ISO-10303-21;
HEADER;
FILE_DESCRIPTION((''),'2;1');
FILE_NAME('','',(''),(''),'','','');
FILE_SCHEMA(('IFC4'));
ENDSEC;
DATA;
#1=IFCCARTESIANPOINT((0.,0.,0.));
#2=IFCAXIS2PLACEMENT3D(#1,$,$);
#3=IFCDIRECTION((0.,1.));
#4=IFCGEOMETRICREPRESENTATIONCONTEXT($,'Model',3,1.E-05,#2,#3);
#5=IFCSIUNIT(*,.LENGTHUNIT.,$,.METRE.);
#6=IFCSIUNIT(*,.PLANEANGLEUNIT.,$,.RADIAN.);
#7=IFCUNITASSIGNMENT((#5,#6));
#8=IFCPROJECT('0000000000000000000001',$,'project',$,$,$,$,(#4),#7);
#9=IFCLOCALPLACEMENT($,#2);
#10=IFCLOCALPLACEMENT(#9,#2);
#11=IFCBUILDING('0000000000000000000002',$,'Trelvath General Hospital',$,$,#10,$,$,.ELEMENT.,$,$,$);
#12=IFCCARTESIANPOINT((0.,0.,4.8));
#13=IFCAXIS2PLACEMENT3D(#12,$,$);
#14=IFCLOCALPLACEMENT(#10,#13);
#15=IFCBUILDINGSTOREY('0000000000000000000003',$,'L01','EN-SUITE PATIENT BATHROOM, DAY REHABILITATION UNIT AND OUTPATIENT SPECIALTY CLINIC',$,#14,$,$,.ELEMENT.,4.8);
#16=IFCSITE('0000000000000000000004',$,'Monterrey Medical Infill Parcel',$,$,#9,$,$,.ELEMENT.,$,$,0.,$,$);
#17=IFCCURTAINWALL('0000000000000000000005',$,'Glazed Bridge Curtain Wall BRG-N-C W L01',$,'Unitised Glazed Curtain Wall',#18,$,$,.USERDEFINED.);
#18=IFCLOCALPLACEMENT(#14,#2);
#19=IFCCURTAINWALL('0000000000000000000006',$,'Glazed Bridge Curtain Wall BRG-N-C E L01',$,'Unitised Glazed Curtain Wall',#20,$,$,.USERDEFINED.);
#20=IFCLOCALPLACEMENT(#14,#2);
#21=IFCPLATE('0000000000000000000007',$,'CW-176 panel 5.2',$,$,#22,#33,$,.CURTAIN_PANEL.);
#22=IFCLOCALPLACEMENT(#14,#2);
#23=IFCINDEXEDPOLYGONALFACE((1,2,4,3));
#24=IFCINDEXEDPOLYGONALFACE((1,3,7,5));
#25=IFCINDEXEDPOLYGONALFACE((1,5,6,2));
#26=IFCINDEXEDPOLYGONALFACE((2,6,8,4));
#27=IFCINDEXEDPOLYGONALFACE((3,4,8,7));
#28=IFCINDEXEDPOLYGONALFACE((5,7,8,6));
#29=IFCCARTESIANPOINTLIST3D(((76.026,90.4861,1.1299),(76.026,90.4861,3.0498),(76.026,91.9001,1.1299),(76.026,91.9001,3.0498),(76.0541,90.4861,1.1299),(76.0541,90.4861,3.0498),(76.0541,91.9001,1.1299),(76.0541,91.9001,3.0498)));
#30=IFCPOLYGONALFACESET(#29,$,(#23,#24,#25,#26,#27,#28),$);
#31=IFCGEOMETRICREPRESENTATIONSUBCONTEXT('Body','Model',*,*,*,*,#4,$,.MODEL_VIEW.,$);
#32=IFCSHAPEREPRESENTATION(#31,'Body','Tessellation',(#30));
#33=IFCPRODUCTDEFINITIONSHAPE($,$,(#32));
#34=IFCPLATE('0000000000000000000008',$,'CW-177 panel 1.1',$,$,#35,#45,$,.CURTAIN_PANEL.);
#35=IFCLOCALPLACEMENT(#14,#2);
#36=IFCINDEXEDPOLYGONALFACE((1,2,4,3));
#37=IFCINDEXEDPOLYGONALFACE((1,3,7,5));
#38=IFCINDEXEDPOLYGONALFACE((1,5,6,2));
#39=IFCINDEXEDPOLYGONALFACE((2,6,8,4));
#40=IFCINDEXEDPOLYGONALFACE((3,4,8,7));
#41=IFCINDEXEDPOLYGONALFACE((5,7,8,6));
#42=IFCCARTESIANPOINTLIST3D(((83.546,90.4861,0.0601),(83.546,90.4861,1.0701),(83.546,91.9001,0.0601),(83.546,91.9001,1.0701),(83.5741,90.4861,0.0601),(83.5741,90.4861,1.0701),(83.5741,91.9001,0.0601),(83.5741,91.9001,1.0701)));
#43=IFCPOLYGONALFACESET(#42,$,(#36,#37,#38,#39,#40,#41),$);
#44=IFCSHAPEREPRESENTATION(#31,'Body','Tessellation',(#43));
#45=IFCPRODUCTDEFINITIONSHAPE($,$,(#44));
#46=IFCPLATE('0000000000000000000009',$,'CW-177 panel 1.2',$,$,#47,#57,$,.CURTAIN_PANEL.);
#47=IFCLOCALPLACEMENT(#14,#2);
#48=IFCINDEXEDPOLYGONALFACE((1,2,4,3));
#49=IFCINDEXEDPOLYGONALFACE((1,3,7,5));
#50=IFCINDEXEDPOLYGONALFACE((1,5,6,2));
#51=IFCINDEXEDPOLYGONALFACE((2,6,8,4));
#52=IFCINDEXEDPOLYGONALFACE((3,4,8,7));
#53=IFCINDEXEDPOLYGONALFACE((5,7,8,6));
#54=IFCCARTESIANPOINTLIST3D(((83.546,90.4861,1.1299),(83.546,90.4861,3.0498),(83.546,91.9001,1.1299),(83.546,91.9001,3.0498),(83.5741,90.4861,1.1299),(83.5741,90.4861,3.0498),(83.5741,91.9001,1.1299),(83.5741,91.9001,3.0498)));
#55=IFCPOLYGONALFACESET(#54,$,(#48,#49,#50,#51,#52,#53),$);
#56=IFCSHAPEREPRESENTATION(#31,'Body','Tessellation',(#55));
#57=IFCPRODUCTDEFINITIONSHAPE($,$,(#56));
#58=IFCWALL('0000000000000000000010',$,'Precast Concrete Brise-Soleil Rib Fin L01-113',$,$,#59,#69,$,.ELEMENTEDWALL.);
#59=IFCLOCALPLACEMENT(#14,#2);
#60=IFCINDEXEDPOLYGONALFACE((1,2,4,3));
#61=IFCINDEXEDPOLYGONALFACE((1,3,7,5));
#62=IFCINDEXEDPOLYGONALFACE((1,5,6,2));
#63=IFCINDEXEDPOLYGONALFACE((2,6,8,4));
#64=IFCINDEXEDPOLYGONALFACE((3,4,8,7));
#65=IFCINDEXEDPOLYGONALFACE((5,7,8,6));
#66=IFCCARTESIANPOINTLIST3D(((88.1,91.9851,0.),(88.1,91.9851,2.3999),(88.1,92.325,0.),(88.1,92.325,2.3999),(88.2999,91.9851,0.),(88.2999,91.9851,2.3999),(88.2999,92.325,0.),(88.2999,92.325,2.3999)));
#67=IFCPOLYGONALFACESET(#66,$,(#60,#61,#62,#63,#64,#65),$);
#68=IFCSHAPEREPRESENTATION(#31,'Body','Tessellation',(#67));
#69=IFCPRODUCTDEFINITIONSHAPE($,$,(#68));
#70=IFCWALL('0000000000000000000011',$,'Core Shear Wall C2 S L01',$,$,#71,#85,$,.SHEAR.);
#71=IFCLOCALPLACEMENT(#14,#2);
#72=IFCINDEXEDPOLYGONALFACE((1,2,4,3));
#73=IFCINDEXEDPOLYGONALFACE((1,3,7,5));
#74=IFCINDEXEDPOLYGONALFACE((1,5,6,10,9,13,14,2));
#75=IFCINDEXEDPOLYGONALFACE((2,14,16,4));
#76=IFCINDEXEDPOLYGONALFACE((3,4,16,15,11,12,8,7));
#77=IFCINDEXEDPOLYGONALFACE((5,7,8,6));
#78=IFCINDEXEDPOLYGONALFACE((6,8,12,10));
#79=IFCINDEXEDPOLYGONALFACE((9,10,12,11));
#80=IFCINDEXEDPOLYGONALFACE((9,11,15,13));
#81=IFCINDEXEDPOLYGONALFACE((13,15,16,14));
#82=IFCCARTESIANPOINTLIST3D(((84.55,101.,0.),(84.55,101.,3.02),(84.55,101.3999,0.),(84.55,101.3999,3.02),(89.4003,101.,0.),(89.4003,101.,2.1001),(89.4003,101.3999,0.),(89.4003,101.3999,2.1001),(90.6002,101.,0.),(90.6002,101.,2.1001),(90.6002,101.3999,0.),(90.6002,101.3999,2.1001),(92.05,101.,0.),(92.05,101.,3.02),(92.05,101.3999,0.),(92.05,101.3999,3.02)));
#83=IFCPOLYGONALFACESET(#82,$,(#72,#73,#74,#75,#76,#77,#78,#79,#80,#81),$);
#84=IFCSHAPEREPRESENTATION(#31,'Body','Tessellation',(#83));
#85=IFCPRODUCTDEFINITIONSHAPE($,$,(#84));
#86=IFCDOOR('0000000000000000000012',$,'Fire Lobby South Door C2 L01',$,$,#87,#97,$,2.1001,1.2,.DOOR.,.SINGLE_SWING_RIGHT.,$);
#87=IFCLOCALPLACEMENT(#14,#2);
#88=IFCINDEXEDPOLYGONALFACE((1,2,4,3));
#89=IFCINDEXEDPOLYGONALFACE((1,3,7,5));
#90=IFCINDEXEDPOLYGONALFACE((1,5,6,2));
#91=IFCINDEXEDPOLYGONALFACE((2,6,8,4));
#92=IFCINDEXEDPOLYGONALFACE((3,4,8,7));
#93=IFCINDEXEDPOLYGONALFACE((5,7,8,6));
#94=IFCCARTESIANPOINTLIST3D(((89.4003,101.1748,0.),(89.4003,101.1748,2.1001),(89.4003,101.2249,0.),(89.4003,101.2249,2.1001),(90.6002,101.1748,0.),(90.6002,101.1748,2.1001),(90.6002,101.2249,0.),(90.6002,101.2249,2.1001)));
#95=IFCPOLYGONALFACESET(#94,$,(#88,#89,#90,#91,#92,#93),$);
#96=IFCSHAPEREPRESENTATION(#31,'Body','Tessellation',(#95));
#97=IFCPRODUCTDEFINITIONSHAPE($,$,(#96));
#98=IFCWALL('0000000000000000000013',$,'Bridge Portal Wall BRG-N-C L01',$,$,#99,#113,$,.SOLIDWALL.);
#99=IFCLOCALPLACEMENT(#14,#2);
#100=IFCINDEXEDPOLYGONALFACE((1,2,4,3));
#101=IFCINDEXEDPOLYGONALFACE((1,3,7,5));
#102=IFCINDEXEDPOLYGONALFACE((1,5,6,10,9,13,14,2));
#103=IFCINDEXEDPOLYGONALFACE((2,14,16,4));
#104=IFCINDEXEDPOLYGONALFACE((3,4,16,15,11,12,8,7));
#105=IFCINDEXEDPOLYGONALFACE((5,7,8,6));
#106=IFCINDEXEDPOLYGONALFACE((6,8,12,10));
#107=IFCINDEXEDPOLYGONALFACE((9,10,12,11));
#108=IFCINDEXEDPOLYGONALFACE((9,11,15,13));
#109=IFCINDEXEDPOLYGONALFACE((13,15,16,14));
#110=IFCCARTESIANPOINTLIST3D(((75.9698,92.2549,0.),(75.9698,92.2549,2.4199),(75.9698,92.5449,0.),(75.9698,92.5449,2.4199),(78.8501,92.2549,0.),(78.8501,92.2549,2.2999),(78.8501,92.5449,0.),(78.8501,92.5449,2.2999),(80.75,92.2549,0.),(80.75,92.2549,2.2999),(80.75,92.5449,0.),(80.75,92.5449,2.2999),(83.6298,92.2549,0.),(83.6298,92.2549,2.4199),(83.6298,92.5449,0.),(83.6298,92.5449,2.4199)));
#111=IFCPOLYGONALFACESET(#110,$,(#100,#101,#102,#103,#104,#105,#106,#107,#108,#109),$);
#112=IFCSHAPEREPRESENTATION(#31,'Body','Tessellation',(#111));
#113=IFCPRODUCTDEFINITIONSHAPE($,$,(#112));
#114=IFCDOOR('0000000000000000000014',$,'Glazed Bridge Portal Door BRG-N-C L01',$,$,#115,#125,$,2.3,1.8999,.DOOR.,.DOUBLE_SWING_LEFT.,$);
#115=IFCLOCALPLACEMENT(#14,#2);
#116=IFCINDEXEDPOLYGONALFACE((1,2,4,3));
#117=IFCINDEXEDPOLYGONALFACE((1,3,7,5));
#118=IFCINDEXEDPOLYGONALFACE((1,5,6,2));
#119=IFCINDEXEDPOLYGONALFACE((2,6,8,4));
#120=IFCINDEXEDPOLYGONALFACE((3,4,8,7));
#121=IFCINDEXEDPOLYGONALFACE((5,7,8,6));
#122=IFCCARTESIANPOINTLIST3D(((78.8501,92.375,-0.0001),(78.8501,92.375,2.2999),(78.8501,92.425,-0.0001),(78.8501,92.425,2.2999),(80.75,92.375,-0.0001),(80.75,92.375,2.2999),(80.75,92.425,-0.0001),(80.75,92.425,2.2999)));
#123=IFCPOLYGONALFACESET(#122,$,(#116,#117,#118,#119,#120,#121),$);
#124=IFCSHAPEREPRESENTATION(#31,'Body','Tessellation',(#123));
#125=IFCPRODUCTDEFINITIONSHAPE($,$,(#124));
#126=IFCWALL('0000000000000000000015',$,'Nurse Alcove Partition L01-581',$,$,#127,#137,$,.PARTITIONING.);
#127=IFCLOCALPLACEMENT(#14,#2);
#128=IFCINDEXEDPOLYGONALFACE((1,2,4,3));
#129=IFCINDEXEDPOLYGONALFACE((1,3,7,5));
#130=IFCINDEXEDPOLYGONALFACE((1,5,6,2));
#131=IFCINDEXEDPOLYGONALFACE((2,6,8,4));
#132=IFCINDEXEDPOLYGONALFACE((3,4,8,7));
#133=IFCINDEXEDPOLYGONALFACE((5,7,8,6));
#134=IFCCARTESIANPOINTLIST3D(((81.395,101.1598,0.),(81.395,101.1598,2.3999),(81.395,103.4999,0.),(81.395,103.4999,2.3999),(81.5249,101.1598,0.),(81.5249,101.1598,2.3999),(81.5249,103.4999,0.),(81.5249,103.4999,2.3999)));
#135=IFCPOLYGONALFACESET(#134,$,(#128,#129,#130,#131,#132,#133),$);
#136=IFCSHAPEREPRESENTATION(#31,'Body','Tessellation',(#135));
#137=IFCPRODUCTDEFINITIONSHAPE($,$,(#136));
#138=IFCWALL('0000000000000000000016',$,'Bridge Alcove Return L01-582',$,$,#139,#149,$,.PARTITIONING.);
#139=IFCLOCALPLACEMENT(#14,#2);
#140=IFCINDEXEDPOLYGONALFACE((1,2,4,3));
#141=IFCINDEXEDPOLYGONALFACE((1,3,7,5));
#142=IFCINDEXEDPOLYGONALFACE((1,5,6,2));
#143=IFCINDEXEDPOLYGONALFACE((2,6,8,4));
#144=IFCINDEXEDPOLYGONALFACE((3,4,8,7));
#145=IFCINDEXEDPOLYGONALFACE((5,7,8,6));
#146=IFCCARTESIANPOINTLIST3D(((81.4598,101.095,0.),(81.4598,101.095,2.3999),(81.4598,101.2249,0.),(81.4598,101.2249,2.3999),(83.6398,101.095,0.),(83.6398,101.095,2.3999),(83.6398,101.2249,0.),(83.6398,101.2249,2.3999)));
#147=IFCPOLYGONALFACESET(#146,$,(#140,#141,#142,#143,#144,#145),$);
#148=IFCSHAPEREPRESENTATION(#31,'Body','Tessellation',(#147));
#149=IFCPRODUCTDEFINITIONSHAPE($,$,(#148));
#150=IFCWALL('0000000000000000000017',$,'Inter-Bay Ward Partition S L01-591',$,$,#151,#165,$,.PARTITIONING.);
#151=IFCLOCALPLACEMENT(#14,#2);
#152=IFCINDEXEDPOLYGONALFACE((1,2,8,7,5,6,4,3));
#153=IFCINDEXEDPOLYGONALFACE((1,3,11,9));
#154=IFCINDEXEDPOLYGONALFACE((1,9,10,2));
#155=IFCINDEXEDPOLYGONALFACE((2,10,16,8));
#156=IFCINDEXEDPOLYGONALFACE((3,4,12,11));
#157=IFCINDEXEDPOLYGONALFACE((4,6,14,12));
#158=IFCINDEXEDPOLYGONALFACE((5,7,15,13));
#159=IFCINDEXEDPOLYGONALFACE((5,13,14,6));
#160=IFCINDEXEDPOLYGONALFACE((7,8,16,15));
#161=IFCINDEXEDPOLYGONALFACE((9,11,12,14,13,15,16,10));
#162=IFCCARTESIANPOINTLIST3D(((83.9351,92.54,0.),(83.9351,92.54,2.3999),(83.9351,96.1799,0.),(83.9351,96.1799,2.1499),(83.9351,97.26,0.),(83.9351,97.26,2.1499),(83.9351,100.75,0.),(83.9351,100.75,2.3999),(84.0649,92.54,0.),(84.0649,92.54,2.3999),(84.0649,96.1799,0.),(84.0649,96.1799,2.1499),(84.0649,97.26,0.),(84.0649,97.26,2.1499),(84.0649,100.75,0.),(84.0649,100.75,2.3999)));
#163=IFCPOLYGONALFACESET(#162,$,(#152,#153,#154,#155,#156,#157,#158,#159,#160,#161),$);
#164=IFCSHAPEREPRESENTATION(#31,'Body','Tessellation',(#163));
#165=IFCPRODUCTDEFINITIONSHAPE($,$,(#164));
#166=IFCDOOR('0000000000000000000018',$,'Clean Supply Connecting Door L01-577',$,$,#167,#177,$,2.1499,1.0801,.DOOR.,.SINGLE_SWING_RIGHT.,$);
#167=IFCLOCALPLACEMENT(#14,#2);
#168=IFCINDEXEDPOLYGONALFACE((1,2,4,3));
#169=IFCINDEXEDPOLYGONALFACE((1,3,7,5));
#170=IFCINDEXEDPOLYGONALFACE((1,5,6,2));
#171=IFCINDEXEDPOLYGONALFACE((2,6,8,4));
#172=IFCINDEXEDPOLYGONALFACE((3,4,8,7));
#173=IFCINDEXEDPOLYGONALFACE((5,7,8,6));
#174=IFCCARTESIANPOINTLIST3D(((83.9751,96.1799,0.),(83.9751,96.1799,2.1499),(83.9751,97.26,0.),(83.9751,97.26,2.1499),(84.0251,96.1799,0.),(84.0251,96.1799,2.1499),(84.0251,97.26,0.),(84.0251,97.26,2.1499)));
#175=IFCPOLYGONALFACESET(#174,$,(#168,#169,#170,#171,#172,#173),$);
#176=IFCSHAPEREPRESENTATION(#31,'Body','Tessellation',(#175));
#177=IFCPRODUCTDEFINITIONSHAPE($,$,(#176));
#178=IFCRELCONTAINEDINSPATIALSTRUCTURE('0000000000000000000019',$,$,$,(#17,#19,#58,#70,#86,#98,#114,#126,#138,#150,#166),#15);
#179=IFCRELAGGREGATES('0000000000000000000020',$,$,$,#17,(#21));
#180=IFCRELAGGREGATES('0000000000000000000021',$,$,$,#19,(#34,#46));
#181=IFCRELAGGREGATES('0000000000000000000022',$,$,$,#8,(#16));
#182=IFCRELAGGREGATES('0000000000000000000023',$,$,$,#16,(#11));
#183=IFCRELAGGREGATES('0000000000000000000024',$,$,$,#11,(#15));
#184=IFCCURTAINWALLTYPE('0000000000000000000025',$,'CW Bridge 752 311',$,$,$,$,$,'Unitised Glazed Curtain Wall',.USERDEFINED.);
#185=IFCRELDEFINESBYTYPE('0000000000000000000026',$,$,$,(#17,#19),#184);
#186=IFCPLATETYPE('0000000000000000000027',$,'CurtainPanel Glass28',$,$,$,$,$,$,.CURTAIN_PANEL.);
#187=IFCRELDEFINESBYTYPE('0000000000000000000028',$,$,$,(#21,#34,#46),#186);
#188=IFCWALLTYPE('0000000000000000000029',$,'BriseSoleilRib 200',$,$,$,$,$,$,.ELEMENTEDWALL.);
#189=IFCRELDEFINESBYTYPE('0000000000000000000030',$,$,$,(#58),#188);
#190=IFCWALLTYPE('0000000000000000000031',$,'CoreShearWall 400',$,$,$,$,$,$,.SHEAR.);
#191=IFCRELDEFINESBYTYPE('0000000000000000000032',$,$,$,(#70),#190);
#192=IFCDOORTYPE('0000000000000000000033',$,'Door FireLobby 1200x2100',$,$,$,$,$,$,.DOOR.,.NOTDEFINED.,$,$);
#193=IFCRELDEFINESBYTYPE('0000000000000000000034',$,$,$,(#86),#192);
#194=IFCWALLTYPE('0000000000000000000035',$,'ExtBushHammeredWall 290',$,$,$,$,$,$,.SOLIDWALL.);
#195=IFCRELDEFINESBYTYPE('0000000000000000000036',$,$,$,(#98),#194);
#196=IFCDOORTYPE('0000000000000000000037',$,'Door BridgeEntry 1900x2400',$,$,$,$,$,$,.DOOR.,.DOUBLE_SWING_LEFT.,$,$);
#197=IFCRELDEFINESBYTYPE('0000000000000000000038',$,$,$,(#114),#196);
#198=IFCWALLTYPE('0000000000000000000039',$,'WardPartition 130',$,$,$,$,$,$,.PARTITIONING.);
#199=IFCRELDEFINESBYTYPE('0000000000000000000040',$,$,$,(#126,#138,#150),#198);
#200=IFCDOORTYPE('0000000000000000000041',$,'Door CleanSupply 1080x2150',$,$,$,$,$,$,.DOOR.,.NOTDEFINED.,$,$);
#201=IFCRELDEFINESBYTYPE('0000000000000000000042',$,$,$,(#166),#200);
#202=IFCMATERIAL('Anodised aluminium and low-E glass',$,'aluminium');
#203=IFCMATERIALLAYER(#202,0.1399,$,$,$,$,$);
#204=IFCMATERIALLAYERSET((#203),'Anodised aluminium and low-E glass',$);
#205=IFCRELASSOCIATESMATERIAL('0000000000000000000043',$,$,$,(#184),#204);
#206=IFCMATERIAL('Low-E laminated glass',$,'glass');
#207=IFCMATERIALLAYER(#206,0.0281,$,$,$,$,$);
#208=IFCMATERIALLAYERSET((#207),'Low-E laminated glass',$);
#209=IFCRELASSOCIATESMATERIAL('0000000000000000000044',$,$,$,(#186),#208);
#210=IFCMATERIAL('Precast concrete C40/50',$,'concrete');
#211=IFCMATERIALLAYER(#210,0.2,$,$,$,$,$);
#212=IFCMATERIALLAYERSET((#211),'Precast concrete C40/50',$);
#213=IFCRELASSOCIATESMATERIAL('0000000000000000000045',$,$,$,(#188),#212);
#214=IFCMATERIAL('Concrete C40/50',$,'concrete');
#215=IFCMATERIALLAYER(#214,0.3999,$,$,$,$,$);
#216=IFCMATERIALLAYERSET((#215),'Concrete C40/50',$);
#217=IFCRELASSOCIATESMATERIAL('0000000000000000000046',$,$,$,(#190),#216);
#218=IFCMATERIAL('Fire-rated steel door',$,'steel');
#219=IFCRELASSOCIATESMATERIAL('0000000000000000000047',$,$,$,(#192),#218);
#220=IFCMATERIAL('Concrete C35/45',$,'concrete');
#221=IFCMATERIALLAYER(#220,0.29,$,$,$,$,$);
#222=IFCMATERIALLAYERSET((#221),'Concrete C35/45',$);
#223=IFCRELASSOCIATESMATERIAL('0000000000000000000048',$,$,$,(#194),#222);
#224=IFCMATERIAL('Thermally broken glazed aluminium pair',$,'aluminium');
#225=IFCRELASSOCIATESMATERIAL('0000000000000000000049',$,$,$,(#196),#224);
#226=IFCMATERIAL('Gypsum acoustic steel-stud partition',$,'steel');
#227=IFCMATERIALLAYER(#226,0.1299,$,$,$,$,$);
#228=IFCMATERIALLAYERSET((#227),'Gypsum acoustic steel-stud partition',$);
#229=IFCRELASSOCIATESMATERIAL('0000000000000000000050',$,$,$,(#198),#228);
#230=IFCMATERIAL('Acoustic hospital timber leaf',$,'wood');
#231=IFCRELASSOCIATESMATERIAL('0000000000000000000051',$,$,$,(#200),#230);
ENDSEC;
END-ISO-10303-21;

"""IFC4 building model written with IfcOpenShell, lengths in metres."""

from ifc_helpers import new_model, si_unit, direction, frame, frame_2d, origin, origin_2d, place, context, subcontext, project, spatial, rectangle, extrude, material, layer, layer_set, type_object, element, fill, aggregate, save


model = new_model("IFC4")

# Units and contexts
model_context = context("Model", 3, precision=1e-05, world=origin(), true_north=direction((0.0, 1.0)))
body_context = subcontext(model_context, "Body", "Model", "MODEL_VIEW")
ifc_project = project(units=[si_unit("LENGTHUNIT", "METRE"), si_unit("PLANEANGLEUNIT", "RADIAN")], contexts=[model_context])

# Site, building, storey
site_placement = place(None, origin())
site = spatial("IfcSite", under=ifc_project, at=site_placement, Name="Monterrey Medical Infill Parcel", CompositionType="ELEMENT", RefElevation=0.0)
building_placement = place(site_placement, origin())
building = spatial("IfcBuilding", under=site, at=building_placement, Name="Trelvath General Hospital", CompositionType="ELEMENT")
storey_placement = place(building_placement, frame((0.0, 0.0, 4.8)))
storey = spatial("IfcBuildingStorey", under=building, at=storey_placement, Name="L01", Description="EN-SUITE PATIENT BATHROOM, DAY REHABILITATION UNIT AND OUTPATIENT SPECIALTY CLINIC", CompositionType="ELEMENT", Elevation=4.8)

# Curtain walls
ifc_material_1 = material(Name="Anodised aluminium and low-E glass", Category="aluminium")
ifc_layer_1 = layer(ifc_material_1, 0.1399)
ifc_layer_set_1 = layer_set([ifc_layer_1], Name="Anodised aluminium and low-E glass")
curtain_wall_type = type_object("IfcCurtainWallType", Name="CW Bridge 752 311", ElementType="Unitised Glazed Curtain Wall", PredefinedType="USERDEFINED", material=ifc_layer_set_1)
curtain_wall_1_placement = place(storey_placement, origin())
curtain_wall_1 = element("IfcCurtainWall", 1, at=curtain_wall_1_placement, inside=storey, type_object=curtain_wall_type, Name="Glazed Bridge Curtain Wall BRG-N-C W L01", ObjectType="Unitised Glazed Curtain Wall", PredefinedType="USERDEFINED")
curtain_wall_2_placement = place(storey_placement, origin())
curtain_wall_2 = element("IfcCurtainWall", 2, at=curtain_wall_2_placement, inside=storey, type_object=curtain_wall_type, Name="Glazed Bridge Curtain Wall BRG-N-C E L01", ObjectType="Unitised Glazed Curtain Wall", PredefinedType="USERDEFINED")

# Plates
ifc_material_2 = material(Name="Low-E laminated glass", Category="glass")
ifc_layer_2 = layer(ifc_material_2, 0.0281)
ifc_layer_set_2 = layer_set([ifc_layer_2], Name="Low-E laminated glass")
plate_type_1 = type_object("IfcPlateType", Name="CurtainPanel Glass28", PredefinedType="CURTAIN_PANEL", material=ifc_layer_set_2)
plate_1_placement = place(storey_placement, frame((76.04, 91.1931, 1.1299), z_axis=(0.0, 0.0, 1.0), x_axis=(0.0, 1.0, 0.0)))
plate_1 = element("IfcPlate", 3, at=plate_1_placement, type_object=plate_type_1, Name="CW-176 panel 5.2", PredefinedType="CURTAIN_PANEL", context=body_context, shape_type="SweptSolid", body=[
    extrude(rectangle(XDim=1.4141, YDim=0.0281, at=origin_2d()), origin(), (0.0, 0.0, 1.0), 1.9199),
])
aggregate(curtain_wall_1, [plate_1])
plate_2_placement = place(storey_placement, frame((83.5601, 91.1931, 0.0601), z_axis=(0.0, 0.0, 1.0), x_axis=(0.0, -1.0, 0.0)))
plate_2 = element("IfcPlate", 4, at=plate_2_placement, type_object=plate_type_1, Name="CW-177 panel 1.1", PredefinedType="CURTAIN_PANEL", context=body_context, shape_type="SweptSolid", body=[
    extrude(rectangle(XDim=1.4141, YDim=0.0281, at=origin_2d()), origin(), (0.0, 0.0, 1.0), 1.01),
])
plate_3_placement = place(storey_placement, frame((83.5601, 91.1931, 1.1299), z_axis=(0.0, 0.0, 1.0), x_axis=(0.0, -1.0, 0.0)))
plate_3 = element("IfcPlate", 5, at=plate_3_placement, type_object=plate_type_1, Name="CW-177 panel 1.2", PredefinedType="CURTAIN_PANEL", context=body_context, shape_type="SweptSolid", body=[
    extrude(rectangle(XDim=1.4141, YDim=0.0281, at=origin_2d()), origin(), (0.0, 0.0, 1.0), 1.9199),
])
aggregate(curtain_wall_2, [plate_2, plate_3])

# Wall
ifc_material_3 = material(Name="Precast concrete C40/50", Category="concrete")
ifc_layer_3 = layer(ifc_material_3, 0.2)
ifc_layer_set_3 = layer_set([ifc_layer_3], Name="Precast concrete C40/50")
wall_type_1 = type_object("IfcWallType", Name="BriseSoleilRib 200", PredefinedType="ELEMENTEDWALL", material=ifc_layer_set_3)
wall_1_placement = place(storey_placement, frame((88.2, 92.325, 0.0), z_axis=(0.0, 0.0, 1.0), x_axis=(0.0, -1.0, 0.0)))
element("IfcWall", 6, at=wall_1_placement, inside=storey, type_object=wall_type_1, Name="Precast Concrete Brise-Soleil Rib Fin L01-113", PredefinedType="ELEMENTEDWALL", context=body_context, shape_type="SweptSolid", body=[
    extrude(rectangle(XDim=0.3398, YDim=0.2, at=frame_2d((0.1699, 0.0))), origin(), (0.0, 0.0, 1.0), 2.3999),
])

# Walls, openings, doors
ifc_material_4 = material(Name="Concrete C40/50", Category="concrete")
ifc_layer_4 = layer(ifc_material_4, 0.3999)
ifc_layer_set_4 = layer_set([ifc_layer_4], Name="Concrete C40/50")
wall_type_2 = type_object("IfcWallType", Name="CoreShearWall 400", PredefinedType="SHEAR", material=ifc_layer_set_4)
wall_2_placement = place(storey_placement, frame((84.55, 101.2, 0.0), z_axis=(0.0, 0.0, 1.0), x_axis=(1.0, 0.0, 0.0)))
wall_2 = element("IfcWall", 7, at=wall_2_placement, inside=storey, type_object=wall_type_2, Name="Core Shear Wall C2 S L01", PredefinedType="SHEAR", context=body_context, shape_type="SweptSolid", body=[
    extrude(rectangle(XDim=7.5, YDim=0.3999, at=frame_2d((3.75, 0.0))), origin(), (0.0, 0.0, 1.0), 3.02),
])
opening_1_placement = place(wall_2_placement, frame((4.8501, 0.0, 0.0)))
opening_1 = element("IfcOpeningElement", 8, at=opening_1_placement, cuts=wall_2, PredefinedType="OPENING", context=body_context, shape_type="SweptSolid", body=[
    extrude(rectangle(XDim=1.2, YDim=2.1001, at=frame_2d((0.6001, 1.05))), frame((0.0, 0.21, 0.0), z_axis=(0.0, -1.0, 0.0), x_axis=(1.0, 0.0, 0.0)), (0.0, 0.0, 1.0), 0.4199),
])
ifc_material_5 = material(Name="Fire-rated steel door", Category="steel")
door_type_1 = type_object("IfcDoorType", Name="Door FireLobby 1200x2100", OperationType="NOTDEFINED", PredefinedType="DOOR", material=ifc_material_5)
door_1_placement = place(opening_1_placement, origin())
door_1 = element("IfcDoor", 9, at=door_1_placement, inside=storey, type_object=door_type_1, Name="Fire Lobby South Door C2 L01", OperationType="SINGLE_SWING_RIGHT", OverallHeight=2.1001, OverallWidth=1.2, PredefinedType="DOOR", context=body_context, shape_type="SweptSolid", body=[
    extrude(rectangle(XDim=1.2, YDim=2.1001, at=frame_2d((0.6001, 1.05))), frame((0.0, 0.0249, 0.0), z_axis=(0.0, -1.0, 0.0), x_axis=(1.0, 0.0, 0.0)), (0.0, 0.0, 1.0), 0.05),
])
fill(opening_1, door_1)
ifc_material_6 = material(Name="Concrete C35/45", Category="concrete")
ifc_layer_5 = layer(ifc_material_6, 0.29)
ifc_layer_set_5 = layer_set([ifc_layer_5], Name="Concrete C35/45")
wall_type_3 = type_object("IfcWallType", Name="ExtBushHammeredWall 290", PredefinedType="SOLIDWALL", material=ifc_layer_set_5)
wall_3_placement = place(storey_placement, frame((83.6299, 92.3999, 0.0), z_axis=(0.0, 0.0, 1.0), x_axis=(-1.0, 0.0, 0.0)))
wall_3 = element("IfcWall", 10, at=wall_3_placement, inside=storey, type_object=wall_type_3, Name="Bridge Portal Wall BRG-N-C L01", PredefinedType="SOLIDWALL", context=body_context, shape_type="SweptSolid", body=[
    extrude(rectangle(XDim=7.6599, YDim=0.29, at=frame_2d((3.8301, 0.0))), origin(), (0.0, 0.0, 1.0), 2.4199),
])
opening_2_placement = place(wall_3_placement, frame((2.8799, 0.0, 0.0)))
opening_2 = element("IfcOpeningElement", 11, at=opening_2_placement, cuts=wall_3, PredefinedType="OPENING", context=body_context, shape_type="SweptSolid", body=[
    extrude(rectangle(XDim=1.8999, YDim=2.3, at=frame_2d((0.95, 1.1499))), frame((0.0, 0.155, 0.0), z_axis=(0.0, -1.0, 0.0), x_axis=(1.0, 0.0, 0.0)), (0.0, 0.0, 1.0), 0.3101),
])
ifc_material_7 = material(Name="Thermally broken glazed aluminium pair", Category="aluminium")
door_type_2 = type_object("IfcDoorType", Name="Door BridgeEntry 1900x2400", OperationType="DOUBLE_SWING_LEFT", PredefinedType="DOOR", material=ifc_material_7)
door_2_placement = place(opening_2_placement, origin())
door_2 = element("IfcDoor", 12, at=door_2_placement, inside=storey, type_object=door_type_2, Name="Glazed Bridge Portal Door BRG-N-C L01", OperationType="DOUBLE_SWING_LEFT", OverallHeight=2.3, OverallWidth=1.8999, PredefinedType="DOOR", context=body_context, shape_type="SweptSolid", body=[
    extrude(rectangle(XDim=1.8999, YDim=2.3, at=frame_2d((0.95, 1.1499))), frame((0.0, 0.0249, 0.0), z_axis=(0.0, -1.0, 0.0), x_axis=(1.0, 0.0, 0.0)), (0.0, 0.0, 1.0), 0.05),
])
fill(opening_2, door_2)

# Walls
ifc_material_8 = material(Name="Gypsum acoustic steel-stud partition", Category="steel")
ifc_layer_6 = layer(ifc_material_8, 0.1299)
ifc_layer_set_6 = layer_set([ifc_layer_6], Name="Gypsum acoustic steel-stud partition")
wall_type_4 = type_object("IfcWallType", Name="WardPartition 130", PredefinedType="PARTITIONING", material=ifc_layer_set_6)
wall_4_placement = place(storey_placement, frame((81.46, 101.1599, 0.0), z_axis=(0.0, 0.0, 1.0), x_axis=(0.0, 1.0, 0.0)))
element("IfcWall", 13, at=wall_4_placement, inside=storey, type_object=wall_type_4, Name="Nurse Alcove Partition L01-581", PredefinedType="PARTITIONING", context=body_context, shape_type="SweptSolid", body=[
    extrude(rectangle(XDim=2.3401, YDim=0.1299, at=frame_2d((1.1699, 0.0))), origin(), (0.0, 0.0, 1.0), 2.3999),
])
wall_5_placement = place(storey_placement, frame((81.46, 101.1599, 0.0), z_axis=(0.0, 0.0, 1.0), x_axis=(1.0, 0.0, 0.0)))
element("IfcWall", 14, at=wall_5_placement, inside=storey, type_object=wall_type_4, Name="Bridge Alcove Return L01-582", PredefinedType="PARTITIONING", context=body_context, shape_type="SweptSolid", body=[
    extrude(rectangle(XDim=2.1799, YDim=0.1299, at=frame_2d((1.0898, 0.0))), origin(), (0.0, 0.0, 1.0), 2.3999),
])

# Wall, opening, door
wall_6_placement = place(storey_placement, frame((84.0, 92.54, 0.0), z_axis=(0.0, 0.0, 1.0), x_axis=(0.0, 1.0, 0.0)))
wall_6 = element("IfcWall", 15, at=wall_6_placement, inside=storey, type_object=wall_type_4, Name="Inter-Bay Ward Partition S L01-591", PredefinedType="PARTITIONING", context=body_context, shape_type="SweptSolid", body=[
    extrude(rectangle(XDim=8.21, YDim=0.1299, at=frame_2d((4.105, 0.0))), origin(), (0.0, 0.0, 1.0), 2.3999),
])
opening_3_placement = place(wall_6_placement, frame((3.6399, 0.0, 0.0)))
opening_3 = element("IfcOpeningElement", 16, at=opening_3_placement, cuts=wall_6, PredefinedType="OPENING", context=body_context, shape_type="SweptSolid", body=[
    extrude(rectangle(XDim=1.0801, YDim=2.1499, at=frame_2d((0.54, 1.075))), frame((0.0, 0.075, 0.0), z_axis=(0.0, -1.0, 0.0), x_axis=(1.0, 0.0, 0.0)), (0.0, 0.0, 1.0), 0.1499),
])
ifc_material_9 = material(Name="Acoustic hospital timber leaf", Category="wood")
door_type_3 = type_object("IfcDoorType", Name="Door CleanSupply 1080x2150", OperationType="NOTDEFINED", PredefinedType="DOOR", material=ifc_material_9)
door_3_placement = place(opening_3_placement, origin())
door_3 = element("IfcDoor", 17, at=door_3_placement, inside=storey, type_object=door_type_3, Name="Clean Supply Connecting Door L01-577", OperationType="SINGLE_SWING_RIGHT", OverallHeight=2.1499, OverallWidth=1.0801, PredefinedType="DOOR", context=body_context, shape_type="SweptSolid", body=[
    extrude(rectangle(XDim=1.0801, YDim=2.1499, at=frame_2d((0.54, 1.075))), frame((0.0, 0.0249, 0.0), z_axis=(0.0, -1.0, 0.0), x_axis=(1.0, 0.0, 0.0)), (0.0, 0.0, 1.0), 0.05),
])
fill(opening_3, door_3)

save(model, "model.ifc")
